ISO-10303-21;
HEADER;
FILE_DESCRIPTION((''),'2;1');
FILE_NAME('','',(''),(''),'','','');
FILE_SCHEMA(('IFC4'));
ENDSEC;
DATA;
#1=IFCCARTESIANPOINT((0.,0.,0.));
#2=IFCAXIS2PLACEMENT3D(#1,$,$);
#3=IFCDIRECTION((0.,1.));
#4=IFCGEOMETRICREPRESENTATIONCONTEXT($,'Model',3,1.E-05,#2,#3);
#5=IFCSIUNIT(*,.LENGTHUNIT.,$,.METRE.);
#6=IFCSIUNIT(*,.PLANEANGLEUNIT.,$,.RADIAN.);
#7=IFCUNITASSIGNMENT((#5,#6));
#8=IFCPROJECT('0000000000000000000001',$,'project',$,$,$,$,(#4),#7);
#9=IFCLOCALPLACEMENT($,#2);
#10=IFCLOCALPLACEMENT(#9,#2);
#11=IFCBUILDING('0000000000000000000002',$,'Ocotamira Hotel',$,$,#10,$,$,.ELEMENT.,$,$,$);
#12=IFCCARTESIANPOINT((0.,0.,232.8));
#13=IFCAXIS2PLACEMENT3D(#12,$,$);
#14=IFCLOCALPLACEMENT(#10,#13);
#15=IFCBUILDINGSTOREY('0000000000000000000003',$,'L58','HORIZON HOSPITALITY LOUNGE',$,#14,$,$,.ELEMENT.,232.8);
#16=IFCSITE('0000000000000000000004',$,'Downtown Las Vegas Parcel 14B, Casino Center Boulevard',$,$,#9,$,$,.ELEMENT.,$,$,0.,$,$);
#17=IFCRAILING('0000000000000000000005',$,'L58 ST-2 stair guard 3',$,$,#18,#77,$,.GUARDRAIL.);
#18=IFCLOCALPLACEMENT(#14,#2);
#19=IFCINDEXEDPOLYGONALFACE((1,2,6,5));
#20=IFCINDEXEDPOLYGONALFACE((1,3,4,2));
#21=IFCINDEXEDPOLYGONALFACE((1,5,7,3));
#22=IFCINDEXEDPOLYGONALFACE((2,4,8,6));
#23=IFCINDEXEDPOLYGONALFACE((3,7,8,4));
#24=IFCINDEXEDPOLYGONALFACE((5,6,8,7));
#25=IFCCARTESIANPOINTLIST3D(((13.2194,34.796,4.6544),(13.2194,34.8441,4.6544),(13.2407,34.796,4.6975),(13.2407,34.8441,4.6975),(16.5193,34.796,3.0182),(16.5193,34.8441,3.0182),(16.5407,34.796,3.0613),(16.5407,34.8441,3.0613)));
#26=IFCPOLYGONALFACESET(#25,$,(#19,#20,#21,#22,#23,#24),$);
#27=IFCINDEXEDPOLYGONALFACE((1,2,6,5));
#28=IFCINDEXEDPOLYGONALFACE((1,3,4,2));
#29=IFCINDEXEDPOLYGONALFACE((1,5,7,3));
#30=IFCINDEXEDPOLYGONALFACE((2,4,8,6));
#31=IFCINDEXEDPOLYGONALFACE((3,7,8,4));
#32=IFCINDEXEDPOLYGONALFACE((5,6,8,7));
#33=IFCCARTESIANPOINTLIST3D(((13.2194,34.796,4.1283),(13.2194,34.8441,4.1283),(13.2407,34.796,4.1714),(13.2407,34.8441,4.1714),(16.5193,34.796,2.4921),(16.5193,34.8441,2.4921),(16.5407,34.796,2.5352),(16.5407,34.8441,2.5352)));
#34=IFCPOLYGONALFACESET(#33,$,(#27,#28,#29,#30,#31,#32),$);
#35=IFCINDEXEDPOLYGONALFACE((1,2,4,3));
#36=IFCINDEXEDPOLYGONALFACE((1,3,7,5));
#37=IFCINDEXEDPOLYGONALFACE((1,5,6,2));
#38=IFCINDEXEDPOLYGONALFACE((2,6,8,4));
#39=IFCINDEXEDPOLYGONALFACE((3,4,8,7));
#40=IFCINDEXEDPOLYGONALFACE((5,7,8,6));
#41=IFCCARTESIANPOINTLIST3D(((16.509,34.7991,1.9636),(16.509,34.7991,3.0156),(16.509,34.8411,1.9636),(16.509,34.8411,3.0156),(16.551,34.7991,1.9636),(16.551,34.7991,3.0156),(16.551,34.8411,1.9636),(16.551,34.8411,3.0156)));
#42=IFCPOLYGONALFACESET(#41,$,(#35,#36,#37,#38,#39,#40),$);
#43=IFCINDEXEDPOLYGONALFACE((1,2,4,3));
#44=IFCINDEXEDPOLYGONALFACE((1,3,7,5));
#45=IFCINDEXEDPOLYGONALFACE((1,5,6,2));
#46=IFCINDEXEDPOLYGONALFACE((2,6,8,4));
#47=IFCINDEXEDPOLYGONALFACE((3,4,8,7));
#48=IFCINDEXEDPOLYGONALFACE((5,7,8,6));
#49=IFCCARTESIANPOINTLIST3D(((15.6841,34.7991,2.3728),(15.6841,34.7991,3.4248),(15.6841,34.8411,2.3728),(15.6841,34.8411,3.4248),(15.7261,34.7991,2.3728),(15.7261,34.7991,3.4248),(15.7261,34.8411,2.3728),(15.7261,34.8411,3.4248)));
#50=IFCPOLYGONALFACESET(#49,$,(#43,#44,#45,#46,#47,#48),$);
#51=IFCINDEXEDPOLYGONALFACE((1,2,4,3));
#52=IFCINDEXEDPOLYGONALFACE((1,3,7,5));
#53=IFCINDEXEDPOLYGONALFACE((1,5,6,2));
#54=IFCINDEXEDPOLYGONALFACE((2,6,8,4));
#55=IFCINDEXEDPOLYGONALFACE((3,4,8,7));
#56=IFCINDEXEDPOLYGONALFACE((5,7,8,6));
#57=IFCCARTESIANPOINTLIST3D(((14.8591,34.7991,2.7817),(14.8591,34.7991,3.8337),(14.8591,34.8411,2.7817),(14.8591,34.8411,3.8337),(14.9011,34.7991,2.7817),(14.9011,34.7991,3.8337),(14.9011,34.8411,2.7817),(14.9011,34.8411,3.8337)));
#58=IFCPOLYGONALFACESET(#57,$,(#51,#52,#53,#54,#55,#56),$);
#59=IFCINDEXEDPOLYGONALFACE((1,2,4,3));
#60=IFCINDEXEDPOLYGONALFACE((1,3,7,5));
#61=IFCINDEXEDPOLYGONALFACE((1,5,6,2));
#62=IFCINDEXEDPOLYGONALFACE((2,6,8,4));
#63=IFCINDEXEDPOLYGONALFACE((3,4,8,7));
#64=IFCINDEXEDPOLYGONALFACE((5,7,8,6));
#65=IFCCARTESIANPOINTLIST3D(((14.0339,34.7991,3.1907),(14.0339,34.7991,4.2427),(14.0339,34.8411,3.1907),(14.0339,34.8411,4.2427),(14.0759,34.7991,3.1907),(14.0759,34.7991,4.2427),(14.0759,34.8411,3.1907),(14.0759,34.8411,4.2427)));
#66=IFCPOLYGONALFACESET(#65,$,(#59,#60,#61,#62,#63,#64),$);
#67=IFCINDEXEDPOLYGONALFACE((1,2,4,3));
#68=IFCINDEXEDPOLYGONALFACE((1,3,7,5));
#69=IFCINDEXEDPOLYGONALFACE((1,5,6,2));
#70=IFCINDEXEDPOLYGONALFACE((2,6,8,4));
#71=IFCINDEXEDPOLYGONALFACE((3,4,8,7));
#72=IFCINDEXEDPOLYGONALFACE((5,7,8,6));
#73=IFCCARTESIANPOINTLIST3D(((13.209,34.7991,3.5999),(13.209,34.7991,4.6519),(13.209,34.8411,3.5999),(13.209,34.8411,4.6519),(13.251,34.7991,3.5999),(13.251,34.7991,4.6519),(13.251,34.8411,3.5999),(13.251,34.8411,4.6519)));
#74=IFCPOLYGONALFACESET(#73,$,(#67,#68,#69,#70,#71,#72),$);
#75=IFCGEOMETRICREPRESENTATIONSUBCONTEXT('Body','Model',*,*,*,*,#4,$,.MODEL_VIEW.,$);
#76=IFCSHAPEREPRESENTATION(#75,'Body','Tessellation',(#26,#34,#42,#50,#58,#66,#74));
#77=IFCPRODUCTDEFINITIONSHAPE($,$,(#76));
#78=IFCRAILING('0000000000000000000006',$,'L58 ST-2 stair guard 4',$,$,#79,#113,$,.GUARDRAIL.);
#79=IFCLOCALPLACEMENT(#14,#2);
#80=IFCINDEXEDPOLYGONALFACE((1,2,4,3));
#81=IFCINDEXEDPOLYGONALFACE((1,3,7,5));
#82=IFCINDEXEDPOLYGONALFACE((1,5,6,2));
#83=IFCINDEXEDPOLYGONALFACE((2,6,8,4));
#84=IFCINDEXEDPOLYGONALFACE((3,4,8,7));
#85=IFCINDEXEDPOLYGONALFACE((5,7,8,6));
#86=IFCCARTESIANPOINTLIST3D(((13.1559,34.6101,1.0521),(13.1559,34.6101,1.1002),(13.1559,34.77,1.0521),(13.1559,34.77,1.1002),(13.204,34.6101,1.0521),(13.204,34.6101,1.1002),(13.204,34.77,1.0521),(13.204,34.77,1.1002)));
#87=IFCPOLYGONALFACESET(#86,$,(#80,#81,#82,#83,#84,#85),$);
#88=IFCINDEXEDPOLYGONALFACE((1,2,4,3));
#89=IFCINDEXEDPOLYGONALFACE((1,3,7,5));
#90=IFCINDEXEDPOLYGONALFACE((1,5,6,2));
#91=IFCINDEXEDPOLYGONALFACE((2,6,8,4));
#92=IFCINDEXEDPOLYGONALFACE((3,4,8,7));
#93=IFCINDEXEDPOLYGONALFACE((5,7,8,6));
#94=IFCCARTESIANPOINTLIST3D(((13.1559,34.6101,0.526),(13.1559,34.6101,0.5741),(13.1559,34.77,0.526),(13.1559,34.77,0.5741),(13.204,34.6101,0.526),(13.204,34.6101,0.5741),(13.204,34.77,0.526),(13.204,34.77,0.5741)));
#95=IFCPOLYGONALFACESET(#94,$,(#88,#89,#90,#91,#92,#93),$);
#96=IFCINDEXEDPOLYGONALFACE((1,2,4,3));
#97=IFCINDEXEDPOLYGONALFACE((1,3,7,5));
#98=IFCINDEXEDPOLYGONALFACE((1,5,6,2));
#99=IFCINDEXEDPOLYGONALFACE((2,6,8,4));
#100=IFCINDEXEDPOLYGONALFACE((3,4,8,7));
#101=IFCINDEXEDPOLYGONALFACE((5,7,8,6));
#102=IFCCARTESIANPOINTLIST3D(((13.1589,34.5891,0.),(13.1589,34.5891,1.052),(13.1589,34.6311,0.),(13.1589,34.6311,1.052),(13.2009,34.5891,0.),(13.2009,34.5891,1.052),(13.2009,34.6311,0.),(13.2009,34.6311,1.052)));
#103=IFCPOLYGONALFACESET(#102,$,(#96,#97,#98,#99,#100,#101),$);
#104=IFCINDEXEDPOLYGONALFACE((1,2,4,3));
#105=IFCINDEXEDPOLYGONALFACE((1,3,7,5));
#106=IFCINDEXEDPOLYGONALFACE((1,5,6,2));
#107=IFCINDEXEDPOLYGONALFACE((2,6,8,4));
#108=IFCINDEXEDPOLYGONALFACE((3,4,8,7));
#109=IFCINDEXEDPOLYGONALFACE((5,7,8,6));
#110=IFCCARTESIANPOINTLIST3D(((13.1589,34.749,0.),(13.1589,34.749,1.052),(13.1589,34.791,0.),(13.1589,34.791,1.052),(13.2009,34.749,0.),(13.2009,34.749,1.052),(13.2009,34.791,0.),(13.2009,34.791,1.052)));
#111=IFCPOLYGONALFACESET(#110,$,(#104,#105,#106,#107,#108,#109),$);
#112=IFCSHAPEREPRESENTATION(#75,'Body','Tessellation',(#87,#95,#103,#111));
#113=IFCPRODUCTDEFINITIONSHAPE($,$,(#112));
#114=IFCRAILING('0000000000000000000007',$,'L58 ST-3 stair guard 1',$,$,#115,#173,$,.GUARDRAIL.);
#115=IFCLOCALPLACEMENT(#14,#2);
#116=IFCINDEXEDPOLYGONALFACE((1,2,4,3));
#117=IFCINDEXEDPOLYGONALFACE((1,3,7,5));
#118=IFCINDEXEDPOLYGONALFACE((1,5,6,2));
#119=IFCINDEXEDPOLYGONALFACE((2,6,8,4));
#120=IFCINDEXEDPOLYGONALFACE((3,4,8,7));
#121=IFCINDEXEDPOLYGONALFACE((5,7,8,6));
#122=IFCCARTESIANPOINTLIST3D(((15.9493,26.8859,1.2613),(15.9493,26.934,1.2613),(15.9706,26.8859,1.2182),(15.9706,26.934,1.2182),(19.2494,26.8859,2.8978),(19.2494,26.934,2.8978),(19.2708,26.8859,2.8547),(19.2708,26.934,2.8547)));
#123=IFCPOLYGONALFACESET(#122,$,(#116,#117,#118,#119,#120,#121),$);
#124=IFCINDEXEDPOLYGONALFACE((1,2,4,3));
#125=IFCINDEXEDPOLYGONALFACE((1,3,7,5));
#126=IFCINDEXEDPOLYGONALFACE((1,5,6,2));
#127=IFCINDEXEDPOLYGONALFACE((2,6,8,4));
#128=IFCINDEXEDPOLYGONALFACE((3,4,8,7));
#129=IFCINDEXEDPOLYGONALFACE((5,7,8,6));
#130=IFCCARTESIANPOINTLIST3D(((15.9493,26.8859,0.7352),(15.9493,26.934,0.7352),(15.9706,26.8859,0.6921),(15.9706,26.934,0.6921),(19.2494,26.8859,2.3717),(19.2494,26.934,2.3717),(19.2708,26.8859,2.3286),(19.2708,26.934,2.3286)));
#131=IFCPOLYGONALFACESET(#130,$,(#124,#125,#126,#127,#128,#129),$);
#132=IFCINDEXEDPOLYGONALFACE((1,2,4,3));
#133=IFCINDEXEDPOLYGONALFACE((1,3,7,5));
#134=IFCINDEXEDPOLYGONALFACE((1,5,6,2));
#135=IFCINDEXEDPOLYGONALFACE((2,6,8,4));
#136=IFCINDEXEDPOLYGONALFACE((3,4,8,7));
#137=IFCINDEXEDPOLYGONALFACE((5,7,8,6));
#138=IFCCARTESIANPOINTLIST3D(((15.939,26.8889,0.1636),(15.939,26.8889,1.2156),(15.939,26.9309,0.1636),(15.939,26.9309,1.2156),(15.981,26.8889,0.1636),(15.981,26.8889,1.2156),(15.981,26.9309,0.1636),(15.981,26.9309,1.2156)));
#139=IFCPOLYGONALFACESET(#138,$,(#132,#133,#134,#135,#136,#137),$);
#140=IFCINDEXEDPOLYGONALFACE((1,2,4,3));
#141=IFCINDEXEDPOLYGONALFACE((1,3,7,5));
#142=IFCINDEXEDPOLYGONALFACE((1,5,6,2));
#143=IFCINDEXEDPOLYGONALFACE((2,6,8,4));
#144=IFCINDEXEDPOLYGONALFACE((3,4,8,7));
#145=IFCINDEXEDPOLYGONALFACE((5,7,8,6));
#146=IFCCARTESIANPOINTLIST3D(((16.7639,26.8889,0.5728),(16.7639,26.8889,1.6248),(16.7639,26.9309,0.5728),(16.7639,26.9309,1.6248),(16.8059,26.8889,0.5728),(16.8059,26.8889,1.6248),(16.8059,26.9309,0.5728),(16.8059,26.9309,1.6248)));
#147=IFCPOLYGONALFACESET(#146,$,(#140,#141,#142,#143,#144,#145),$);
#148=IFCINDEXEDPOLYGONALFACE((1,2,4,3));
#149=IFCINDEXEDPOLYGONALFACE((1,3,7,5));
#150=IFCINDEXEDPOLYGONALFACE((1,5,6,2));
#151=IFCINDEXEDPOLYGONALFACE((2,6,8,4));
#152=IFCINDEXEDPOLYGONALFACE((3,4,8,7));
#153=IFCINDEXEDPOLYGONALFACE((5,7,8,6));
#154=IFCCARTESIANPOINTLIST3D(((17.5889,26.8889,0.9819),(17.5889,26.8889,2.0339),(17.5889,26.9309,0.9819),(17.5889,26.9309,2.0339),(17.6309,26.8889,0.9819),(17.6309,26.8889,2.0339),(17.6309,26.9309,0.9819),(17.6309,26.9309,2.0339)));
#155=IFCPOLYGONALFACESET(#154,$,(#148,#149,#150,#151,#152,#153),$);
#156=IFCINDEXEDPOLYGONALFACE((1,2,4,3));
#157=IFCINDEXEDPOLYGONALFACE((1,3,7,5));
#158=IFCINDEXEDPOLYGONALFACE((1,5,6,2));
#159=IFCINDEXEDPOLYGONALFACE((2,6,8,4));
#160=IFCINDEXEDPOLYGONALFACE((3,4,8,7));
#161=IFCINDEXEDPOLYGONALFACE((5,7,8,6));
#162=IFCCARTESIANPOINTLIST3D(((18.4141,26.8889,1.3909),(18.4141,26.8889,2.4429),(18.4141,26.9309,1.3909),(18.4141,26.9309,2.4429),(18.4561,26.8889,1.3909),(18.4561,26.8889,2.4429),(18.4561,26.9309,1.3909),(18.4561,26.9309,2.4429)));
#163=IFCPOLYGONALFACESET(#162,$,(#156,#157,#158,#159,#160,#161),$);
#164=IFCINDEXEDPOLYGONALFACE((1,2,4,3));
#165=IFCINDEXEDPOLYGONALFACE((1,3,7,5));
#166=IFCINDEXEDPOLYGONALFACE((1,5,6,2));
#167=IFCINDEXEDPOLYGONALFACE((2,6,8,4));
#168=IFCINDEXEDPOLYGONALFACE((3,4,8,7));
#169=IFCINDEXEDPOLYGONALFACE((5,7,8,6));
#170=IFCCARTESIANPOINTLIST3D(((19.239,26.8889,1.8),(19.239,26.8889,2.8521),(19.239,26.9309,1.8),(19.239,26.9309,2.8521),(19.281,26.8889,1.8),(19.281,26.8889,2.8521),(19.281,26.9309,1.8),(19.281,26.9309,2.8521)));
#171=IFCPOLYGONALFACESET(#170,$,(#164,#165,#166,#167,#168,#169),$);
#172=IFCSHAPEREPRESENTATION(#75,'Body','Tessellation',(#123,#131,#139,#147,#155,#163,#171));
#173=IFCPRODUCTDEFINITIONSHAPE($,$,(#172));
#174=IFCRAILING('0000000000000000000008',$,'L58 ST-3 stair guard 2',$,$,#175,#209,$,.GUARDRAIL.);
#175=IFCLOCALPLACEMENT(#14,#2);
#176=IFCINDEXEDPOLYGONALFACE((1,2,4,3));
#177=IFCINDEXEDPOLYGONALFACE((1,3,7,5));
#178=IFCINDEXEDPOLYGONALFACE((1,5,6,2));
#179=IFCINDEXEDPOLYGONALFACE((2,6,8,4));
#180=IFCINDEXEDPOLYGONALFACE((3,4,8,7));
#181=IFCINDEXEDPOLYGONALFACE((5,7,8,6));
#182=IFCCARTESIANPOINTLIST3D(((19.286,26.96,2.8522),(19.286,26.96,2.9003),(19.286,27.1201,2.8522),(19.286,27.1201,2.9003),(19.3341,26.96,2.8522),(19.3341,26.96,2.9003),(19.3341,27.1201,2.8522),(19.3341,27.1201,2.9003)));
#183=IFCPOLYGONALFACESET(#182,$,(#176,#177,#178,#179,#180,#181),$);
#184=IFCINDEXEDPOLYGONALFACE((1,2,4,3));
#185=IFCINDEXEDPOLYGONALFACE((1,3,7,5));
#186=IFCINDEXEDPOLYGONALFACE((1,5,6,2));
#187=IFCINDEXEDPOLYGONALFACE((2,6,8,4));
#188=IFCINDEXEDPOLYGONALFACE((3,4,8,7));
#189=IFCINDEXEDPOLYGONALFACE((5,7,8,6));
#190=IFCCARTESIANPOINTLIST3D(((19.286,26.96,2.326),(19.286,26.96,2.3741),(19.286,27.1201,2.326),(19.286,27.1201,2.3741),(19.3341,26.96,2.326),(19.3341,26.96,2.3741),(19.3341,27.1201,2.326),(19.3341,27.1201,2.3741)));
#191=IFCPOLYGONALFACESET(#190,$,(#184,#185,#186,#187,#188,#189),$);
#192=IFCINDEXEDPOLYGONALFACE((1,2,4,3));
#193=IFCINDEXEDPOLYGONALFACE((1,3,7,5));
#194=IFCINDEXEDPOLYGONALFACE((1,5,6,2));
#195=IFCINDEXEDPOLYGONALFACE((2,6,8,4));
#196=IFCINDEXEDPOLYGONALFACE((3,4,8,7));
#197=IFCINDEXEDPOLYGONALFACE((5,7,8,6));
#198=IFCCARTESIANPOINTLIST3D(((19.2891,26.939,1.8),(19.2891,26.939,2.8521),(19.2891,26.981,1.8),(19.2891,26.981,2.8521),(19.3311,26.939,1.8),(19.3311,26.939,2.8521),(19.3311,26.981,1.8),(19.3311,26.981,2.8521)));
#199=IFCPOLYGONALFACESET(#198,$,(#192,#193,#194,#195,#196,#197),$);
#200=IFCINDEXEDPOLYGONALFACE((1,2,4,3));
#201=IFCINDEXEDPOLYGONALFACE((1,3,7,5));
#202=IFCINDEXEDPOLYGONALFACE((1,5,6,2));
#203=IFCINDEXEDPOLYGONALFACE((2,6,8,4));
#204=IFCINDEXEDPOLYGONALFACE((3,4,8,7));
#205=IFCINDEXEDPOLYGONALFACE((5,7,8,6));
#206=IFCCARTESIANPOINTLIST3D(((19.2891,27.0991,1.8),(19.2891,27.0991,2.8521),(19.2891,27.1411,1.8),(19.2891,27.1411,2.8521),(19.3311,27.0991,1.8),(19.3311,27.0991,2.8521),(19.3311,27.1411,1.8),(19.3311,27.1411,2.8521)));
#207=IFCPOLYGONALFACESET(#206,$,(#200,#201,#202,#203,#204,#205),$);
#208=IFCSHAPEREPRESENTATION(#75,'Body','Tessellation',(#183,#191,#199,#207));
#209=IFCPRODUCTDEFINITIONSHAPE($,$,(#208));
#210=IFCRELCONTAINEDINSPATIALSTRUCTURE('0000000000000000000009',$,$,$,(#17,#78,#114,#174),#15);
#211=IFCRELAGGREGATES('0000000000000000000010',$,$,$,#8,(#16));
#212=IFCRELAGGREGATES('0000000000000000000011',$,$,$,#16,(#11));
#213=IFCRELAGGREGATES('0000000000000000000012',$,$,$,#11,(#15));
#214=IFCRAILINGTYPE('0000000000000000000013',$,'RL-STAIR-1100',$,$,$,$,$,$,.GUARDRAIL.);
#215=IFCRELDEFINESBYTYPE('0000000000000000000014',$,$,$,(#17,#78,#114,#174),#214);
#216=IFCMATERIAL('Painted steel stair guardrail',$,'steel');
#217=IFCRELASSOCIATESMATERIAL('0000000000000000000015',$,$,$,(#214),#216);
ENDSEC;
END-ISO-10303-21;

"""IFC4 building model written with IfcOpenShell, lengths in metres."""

from ifc_helpers import new_model, si_unit, direction, frame, origin, origin_2d, place, context, subcontext, project, spatial, rectangle, extrude, material, type_object, element, save


model = new_model("IFC4")

# Units and contexts
model_context = context("Model", 3, precision=1e-05, world=origin(), true_north=direction((0.0, 1.0)))
body_context = subcontext(model_context, "Body", "Model", "MODEL_VIEW")
ifc_project = project(units=[si_unit("LENGTHUNIT", "METRE"), si_unit("PLANEANGLEUNIT", "RADIAN")], contexts=[model_context])

# Site, building, storey
site_placement = place(None, origin())
site = spatial("IfcSite", under=ifc_project, at=site_placement, Name="Downtown Las Vegas Parcel 14B, Casino Center Boulevard", CompositionType="ELEMENT", RefElevation=0.0)
building_placement = place(site_placement, origin())
building = spatial("IfcBuilding", under=site, at=building_placement, Name="Ocotamira Hotel", CompositionType="ELEMENT")
storey_placement = place(building_placement, frame((0.0, 0.0, 232.8)))
storey = spatial("IfcBuildingStorey", under=building, at=storey_placement, Name="L58", Description="HORIZON HOSPITALITY LOUNGE", CompositionType="ELEMENT", Elevation=232.8)

# Railings
ifc_material_1 = material(Name="Painted steel stair guardrail", Category="steel")
railing_type_1 = type_object("IfcRailingType", Name="RL-STAIR-1100", PredefinedType="GUARDRAIL", material=ifc_material_1)
railing_1_placement = place(storey_placement, frame((16.53, 34.8201, 1.9636)))
element("IfcRailing", 1, at=railing_1_placement, inside=storey, type_object=railing_type_1, Name="L58 ST-2 stair guard 3", PredefinedType="GUARDRAIL", context=body_context, shape_type="SweptSolid", body=[
    extrude(rectangle(XDim=0.0481, YDim=0.0481, at=origin_2d()), frame((0.0, 0.0, 1.0762), z_axis=(-0.89592, 0.0, 0.444215), x_axis=(0.0, -1.0, 0.0)), (0.0, 0.0, 1.0), 3.6833),
    extrude(rectangle(XDim=0.0481, YDim=0.0481, at=origin_2d()), frame((0.0, 0.0, 0.55), z_axis=(-0.89592, 0.0, 0.444215), x_axis=(0.0, -1.0, 0.0)), (0.0, 0.0, 1.0), 3.6833),
    extrude(rectangle(XDim=0.042, YDim=0.042, at=origin_2d()), origin(), (0.0, 0.0, 1.0), 1.052),
    extrude(rectangle(XDim=0.042, YDim=0.042, at=origin_2d()), frame((-0.825, 0.0, 0.4092)), (0.0, 0.0, 1.0), 1.052),
    extrude(rectangle(XDim=0.042, YDim=0.042, at=origin_2d()), frame((-1.6499, 0.0, 0.8181)), (0.0, 0.0, 1.0), 1.052),
    extrude(rectangle(XDim=0.042, YDim=0.042, at=origin_2d()), frame((-2.4751, 0.0, 1.2271)), (0.0, 0.0, 1.0), 1.052),
    extrude(rectangle(XDim=0.042, YDim=0.042, at=origin_2d()), frame((-3.3, 0.0, 1.6362)), (0.0, 0.0, 1.0), 1.052),
])
railing_2_placement = place(storey_placement, frame((13.1799, 34.6101, 0.0)))
element("IfcRailing", 2, at=railing_2_placement, inside=storey, type_object=railing_type_1, Name="L58 ST-2 stair guard 4", PredefinedType="GUARDRAIL", context=body_context, shape_type="SweptSolid", body=[
    extrude(rectangle(XDim=0.0481, YDim=0.0481, at=origin_2d()), frame((0.0, 0.0, 1.0762), z_axis=(0.0, 1.0, 0.0), x_axis=(-1.0, 0.0, 0.0)), (0.0, 0.0, 1.0), 0.1599),
    extrude(rectangle(XDim=0.0481, YDim=0.0481, at=origin_2d()), frame((0.0, 0.0, 0.55), z_axis=(0.0, 1.0, 0.0), x_axis=(-1.0, 0.0, 0.0)), (0.0, 0.0, 1.0), 0.1599),
    extrude(rectangle(XDim=0.042, YDim=0.042, at=origin_2d()), origin(), (0.0, 0.0, 1.0), 1.052),
    extrude(rectangle(XDim=0.042, YDim=0.042, at=origin_2d()), frame((0.0, 0.1599, 0.0)), (0.0, 0.0, 1.0), 1.052),
])
railing_3_placement = place(storey_placement, frame((15.96, 26.9099, 0.1636)))
element("IfcRailing", 3, at=railing_3_placement, inside=storey, type_object=railing_type_1, Name="L58 ST-3 stair guard 1", PredefinedType="GUARDRAIL", context=body_context, shape_type="SweptSolid", body=[
    extrude(rectangle(XDim=0.0481, YDim=0.0481, at=origin_2d()), frame((0.0, 0.0, 1.0762), z_axis=(0.895894, 0.0, 0.444268), x_axis=(0.0, 1.0, 0.0)), (0.0, 0.0, 1.0), 3.6836),
    extrude(rectangle(XDim=0.0481, YDim=0.0481, at=origin_2d()), frame((0.0, 0.0, 0.55), z_axis=(0.895894, 0.0, 0.444268), x_axis=(0.0, 1.0, 0.0)), (0.0, 0.0, 1.0), 3.6836),
    extrude(rectangle(XDim=0.042, YDim=0.042, at=origin_2d()), origin(), (0.0, 0.0, 1.0), 1.052),
    extrude(rectangle(XDim=0.042, YDim=0.042, at=origin_2d()), frame((0.825, 0.0, 0.4092)), (0.0, 0.0, 1.0), 1.052),
    extrude(rectangle(XDim=0.042, YDim=0.042, at=origin_2d()), frame((1.6499, 0.0, 0.8184)), (0.0, 0.0, 1.0), 1.052),
    extrude(rectangle(XDim=0.042, YDim=0.042, at=origin_2d()), frame((2.4751, 0.0, 1.2273)), (0.0, 0.0, 1.0), 1.052),
    extrude(rectangle(XDim=0.042, YDim=0.042, at=origin_2d()), frame((3.3, 0.0, 1.6365)), (0.0, 0.0, 1.0), 1.052),
])
railing_4_placement = place(storey_placement, frame((19.3101, 26.96, 1.8)))
element("IfcRailing", 4, at=railing_4_placement, inside=storey, type_object=railing_type_1, Name="L58 ST-3 stair guard 2", PredefinedType="GUARDRAIL", context=body_context, shape_type="SweptSolid", body=[
    extrude(rectangle(XDim=0.0481, YDim=0.0481, at=origin_2d()), frame((0.0, 0.0, 1.0762), z_axis=(0.0, 1.0, 0.0), x_axis=(-1.0, 0.0, 0.0)), (0.0, 0.0, 1.0), 0.1602),
    extrude(rectangle(XDim=0.0481, YDim=0.0481, at=origin_2d()), frame((0.0, 0.0, 0.55), z_axis=(0.0, 1.0, 0.0), x_axis=(-1.0, 0.0, 0.0)), (0.0, 0.0, 1.0), 0.1602),
    extrude(rectangle(XDim=0.042, YDim=0.042, at=origin_2d()), origin(), (0.0, 0.0, 1.0), 1.052),
    extrude(rectangle(XDim=0.042, YDim=0.042, at=origin_2d()), frame((0.0, 0.1602, 0.0)), (0.0, 0.0, 1.0), 1.052),
])

save(model, "model.ifc")
